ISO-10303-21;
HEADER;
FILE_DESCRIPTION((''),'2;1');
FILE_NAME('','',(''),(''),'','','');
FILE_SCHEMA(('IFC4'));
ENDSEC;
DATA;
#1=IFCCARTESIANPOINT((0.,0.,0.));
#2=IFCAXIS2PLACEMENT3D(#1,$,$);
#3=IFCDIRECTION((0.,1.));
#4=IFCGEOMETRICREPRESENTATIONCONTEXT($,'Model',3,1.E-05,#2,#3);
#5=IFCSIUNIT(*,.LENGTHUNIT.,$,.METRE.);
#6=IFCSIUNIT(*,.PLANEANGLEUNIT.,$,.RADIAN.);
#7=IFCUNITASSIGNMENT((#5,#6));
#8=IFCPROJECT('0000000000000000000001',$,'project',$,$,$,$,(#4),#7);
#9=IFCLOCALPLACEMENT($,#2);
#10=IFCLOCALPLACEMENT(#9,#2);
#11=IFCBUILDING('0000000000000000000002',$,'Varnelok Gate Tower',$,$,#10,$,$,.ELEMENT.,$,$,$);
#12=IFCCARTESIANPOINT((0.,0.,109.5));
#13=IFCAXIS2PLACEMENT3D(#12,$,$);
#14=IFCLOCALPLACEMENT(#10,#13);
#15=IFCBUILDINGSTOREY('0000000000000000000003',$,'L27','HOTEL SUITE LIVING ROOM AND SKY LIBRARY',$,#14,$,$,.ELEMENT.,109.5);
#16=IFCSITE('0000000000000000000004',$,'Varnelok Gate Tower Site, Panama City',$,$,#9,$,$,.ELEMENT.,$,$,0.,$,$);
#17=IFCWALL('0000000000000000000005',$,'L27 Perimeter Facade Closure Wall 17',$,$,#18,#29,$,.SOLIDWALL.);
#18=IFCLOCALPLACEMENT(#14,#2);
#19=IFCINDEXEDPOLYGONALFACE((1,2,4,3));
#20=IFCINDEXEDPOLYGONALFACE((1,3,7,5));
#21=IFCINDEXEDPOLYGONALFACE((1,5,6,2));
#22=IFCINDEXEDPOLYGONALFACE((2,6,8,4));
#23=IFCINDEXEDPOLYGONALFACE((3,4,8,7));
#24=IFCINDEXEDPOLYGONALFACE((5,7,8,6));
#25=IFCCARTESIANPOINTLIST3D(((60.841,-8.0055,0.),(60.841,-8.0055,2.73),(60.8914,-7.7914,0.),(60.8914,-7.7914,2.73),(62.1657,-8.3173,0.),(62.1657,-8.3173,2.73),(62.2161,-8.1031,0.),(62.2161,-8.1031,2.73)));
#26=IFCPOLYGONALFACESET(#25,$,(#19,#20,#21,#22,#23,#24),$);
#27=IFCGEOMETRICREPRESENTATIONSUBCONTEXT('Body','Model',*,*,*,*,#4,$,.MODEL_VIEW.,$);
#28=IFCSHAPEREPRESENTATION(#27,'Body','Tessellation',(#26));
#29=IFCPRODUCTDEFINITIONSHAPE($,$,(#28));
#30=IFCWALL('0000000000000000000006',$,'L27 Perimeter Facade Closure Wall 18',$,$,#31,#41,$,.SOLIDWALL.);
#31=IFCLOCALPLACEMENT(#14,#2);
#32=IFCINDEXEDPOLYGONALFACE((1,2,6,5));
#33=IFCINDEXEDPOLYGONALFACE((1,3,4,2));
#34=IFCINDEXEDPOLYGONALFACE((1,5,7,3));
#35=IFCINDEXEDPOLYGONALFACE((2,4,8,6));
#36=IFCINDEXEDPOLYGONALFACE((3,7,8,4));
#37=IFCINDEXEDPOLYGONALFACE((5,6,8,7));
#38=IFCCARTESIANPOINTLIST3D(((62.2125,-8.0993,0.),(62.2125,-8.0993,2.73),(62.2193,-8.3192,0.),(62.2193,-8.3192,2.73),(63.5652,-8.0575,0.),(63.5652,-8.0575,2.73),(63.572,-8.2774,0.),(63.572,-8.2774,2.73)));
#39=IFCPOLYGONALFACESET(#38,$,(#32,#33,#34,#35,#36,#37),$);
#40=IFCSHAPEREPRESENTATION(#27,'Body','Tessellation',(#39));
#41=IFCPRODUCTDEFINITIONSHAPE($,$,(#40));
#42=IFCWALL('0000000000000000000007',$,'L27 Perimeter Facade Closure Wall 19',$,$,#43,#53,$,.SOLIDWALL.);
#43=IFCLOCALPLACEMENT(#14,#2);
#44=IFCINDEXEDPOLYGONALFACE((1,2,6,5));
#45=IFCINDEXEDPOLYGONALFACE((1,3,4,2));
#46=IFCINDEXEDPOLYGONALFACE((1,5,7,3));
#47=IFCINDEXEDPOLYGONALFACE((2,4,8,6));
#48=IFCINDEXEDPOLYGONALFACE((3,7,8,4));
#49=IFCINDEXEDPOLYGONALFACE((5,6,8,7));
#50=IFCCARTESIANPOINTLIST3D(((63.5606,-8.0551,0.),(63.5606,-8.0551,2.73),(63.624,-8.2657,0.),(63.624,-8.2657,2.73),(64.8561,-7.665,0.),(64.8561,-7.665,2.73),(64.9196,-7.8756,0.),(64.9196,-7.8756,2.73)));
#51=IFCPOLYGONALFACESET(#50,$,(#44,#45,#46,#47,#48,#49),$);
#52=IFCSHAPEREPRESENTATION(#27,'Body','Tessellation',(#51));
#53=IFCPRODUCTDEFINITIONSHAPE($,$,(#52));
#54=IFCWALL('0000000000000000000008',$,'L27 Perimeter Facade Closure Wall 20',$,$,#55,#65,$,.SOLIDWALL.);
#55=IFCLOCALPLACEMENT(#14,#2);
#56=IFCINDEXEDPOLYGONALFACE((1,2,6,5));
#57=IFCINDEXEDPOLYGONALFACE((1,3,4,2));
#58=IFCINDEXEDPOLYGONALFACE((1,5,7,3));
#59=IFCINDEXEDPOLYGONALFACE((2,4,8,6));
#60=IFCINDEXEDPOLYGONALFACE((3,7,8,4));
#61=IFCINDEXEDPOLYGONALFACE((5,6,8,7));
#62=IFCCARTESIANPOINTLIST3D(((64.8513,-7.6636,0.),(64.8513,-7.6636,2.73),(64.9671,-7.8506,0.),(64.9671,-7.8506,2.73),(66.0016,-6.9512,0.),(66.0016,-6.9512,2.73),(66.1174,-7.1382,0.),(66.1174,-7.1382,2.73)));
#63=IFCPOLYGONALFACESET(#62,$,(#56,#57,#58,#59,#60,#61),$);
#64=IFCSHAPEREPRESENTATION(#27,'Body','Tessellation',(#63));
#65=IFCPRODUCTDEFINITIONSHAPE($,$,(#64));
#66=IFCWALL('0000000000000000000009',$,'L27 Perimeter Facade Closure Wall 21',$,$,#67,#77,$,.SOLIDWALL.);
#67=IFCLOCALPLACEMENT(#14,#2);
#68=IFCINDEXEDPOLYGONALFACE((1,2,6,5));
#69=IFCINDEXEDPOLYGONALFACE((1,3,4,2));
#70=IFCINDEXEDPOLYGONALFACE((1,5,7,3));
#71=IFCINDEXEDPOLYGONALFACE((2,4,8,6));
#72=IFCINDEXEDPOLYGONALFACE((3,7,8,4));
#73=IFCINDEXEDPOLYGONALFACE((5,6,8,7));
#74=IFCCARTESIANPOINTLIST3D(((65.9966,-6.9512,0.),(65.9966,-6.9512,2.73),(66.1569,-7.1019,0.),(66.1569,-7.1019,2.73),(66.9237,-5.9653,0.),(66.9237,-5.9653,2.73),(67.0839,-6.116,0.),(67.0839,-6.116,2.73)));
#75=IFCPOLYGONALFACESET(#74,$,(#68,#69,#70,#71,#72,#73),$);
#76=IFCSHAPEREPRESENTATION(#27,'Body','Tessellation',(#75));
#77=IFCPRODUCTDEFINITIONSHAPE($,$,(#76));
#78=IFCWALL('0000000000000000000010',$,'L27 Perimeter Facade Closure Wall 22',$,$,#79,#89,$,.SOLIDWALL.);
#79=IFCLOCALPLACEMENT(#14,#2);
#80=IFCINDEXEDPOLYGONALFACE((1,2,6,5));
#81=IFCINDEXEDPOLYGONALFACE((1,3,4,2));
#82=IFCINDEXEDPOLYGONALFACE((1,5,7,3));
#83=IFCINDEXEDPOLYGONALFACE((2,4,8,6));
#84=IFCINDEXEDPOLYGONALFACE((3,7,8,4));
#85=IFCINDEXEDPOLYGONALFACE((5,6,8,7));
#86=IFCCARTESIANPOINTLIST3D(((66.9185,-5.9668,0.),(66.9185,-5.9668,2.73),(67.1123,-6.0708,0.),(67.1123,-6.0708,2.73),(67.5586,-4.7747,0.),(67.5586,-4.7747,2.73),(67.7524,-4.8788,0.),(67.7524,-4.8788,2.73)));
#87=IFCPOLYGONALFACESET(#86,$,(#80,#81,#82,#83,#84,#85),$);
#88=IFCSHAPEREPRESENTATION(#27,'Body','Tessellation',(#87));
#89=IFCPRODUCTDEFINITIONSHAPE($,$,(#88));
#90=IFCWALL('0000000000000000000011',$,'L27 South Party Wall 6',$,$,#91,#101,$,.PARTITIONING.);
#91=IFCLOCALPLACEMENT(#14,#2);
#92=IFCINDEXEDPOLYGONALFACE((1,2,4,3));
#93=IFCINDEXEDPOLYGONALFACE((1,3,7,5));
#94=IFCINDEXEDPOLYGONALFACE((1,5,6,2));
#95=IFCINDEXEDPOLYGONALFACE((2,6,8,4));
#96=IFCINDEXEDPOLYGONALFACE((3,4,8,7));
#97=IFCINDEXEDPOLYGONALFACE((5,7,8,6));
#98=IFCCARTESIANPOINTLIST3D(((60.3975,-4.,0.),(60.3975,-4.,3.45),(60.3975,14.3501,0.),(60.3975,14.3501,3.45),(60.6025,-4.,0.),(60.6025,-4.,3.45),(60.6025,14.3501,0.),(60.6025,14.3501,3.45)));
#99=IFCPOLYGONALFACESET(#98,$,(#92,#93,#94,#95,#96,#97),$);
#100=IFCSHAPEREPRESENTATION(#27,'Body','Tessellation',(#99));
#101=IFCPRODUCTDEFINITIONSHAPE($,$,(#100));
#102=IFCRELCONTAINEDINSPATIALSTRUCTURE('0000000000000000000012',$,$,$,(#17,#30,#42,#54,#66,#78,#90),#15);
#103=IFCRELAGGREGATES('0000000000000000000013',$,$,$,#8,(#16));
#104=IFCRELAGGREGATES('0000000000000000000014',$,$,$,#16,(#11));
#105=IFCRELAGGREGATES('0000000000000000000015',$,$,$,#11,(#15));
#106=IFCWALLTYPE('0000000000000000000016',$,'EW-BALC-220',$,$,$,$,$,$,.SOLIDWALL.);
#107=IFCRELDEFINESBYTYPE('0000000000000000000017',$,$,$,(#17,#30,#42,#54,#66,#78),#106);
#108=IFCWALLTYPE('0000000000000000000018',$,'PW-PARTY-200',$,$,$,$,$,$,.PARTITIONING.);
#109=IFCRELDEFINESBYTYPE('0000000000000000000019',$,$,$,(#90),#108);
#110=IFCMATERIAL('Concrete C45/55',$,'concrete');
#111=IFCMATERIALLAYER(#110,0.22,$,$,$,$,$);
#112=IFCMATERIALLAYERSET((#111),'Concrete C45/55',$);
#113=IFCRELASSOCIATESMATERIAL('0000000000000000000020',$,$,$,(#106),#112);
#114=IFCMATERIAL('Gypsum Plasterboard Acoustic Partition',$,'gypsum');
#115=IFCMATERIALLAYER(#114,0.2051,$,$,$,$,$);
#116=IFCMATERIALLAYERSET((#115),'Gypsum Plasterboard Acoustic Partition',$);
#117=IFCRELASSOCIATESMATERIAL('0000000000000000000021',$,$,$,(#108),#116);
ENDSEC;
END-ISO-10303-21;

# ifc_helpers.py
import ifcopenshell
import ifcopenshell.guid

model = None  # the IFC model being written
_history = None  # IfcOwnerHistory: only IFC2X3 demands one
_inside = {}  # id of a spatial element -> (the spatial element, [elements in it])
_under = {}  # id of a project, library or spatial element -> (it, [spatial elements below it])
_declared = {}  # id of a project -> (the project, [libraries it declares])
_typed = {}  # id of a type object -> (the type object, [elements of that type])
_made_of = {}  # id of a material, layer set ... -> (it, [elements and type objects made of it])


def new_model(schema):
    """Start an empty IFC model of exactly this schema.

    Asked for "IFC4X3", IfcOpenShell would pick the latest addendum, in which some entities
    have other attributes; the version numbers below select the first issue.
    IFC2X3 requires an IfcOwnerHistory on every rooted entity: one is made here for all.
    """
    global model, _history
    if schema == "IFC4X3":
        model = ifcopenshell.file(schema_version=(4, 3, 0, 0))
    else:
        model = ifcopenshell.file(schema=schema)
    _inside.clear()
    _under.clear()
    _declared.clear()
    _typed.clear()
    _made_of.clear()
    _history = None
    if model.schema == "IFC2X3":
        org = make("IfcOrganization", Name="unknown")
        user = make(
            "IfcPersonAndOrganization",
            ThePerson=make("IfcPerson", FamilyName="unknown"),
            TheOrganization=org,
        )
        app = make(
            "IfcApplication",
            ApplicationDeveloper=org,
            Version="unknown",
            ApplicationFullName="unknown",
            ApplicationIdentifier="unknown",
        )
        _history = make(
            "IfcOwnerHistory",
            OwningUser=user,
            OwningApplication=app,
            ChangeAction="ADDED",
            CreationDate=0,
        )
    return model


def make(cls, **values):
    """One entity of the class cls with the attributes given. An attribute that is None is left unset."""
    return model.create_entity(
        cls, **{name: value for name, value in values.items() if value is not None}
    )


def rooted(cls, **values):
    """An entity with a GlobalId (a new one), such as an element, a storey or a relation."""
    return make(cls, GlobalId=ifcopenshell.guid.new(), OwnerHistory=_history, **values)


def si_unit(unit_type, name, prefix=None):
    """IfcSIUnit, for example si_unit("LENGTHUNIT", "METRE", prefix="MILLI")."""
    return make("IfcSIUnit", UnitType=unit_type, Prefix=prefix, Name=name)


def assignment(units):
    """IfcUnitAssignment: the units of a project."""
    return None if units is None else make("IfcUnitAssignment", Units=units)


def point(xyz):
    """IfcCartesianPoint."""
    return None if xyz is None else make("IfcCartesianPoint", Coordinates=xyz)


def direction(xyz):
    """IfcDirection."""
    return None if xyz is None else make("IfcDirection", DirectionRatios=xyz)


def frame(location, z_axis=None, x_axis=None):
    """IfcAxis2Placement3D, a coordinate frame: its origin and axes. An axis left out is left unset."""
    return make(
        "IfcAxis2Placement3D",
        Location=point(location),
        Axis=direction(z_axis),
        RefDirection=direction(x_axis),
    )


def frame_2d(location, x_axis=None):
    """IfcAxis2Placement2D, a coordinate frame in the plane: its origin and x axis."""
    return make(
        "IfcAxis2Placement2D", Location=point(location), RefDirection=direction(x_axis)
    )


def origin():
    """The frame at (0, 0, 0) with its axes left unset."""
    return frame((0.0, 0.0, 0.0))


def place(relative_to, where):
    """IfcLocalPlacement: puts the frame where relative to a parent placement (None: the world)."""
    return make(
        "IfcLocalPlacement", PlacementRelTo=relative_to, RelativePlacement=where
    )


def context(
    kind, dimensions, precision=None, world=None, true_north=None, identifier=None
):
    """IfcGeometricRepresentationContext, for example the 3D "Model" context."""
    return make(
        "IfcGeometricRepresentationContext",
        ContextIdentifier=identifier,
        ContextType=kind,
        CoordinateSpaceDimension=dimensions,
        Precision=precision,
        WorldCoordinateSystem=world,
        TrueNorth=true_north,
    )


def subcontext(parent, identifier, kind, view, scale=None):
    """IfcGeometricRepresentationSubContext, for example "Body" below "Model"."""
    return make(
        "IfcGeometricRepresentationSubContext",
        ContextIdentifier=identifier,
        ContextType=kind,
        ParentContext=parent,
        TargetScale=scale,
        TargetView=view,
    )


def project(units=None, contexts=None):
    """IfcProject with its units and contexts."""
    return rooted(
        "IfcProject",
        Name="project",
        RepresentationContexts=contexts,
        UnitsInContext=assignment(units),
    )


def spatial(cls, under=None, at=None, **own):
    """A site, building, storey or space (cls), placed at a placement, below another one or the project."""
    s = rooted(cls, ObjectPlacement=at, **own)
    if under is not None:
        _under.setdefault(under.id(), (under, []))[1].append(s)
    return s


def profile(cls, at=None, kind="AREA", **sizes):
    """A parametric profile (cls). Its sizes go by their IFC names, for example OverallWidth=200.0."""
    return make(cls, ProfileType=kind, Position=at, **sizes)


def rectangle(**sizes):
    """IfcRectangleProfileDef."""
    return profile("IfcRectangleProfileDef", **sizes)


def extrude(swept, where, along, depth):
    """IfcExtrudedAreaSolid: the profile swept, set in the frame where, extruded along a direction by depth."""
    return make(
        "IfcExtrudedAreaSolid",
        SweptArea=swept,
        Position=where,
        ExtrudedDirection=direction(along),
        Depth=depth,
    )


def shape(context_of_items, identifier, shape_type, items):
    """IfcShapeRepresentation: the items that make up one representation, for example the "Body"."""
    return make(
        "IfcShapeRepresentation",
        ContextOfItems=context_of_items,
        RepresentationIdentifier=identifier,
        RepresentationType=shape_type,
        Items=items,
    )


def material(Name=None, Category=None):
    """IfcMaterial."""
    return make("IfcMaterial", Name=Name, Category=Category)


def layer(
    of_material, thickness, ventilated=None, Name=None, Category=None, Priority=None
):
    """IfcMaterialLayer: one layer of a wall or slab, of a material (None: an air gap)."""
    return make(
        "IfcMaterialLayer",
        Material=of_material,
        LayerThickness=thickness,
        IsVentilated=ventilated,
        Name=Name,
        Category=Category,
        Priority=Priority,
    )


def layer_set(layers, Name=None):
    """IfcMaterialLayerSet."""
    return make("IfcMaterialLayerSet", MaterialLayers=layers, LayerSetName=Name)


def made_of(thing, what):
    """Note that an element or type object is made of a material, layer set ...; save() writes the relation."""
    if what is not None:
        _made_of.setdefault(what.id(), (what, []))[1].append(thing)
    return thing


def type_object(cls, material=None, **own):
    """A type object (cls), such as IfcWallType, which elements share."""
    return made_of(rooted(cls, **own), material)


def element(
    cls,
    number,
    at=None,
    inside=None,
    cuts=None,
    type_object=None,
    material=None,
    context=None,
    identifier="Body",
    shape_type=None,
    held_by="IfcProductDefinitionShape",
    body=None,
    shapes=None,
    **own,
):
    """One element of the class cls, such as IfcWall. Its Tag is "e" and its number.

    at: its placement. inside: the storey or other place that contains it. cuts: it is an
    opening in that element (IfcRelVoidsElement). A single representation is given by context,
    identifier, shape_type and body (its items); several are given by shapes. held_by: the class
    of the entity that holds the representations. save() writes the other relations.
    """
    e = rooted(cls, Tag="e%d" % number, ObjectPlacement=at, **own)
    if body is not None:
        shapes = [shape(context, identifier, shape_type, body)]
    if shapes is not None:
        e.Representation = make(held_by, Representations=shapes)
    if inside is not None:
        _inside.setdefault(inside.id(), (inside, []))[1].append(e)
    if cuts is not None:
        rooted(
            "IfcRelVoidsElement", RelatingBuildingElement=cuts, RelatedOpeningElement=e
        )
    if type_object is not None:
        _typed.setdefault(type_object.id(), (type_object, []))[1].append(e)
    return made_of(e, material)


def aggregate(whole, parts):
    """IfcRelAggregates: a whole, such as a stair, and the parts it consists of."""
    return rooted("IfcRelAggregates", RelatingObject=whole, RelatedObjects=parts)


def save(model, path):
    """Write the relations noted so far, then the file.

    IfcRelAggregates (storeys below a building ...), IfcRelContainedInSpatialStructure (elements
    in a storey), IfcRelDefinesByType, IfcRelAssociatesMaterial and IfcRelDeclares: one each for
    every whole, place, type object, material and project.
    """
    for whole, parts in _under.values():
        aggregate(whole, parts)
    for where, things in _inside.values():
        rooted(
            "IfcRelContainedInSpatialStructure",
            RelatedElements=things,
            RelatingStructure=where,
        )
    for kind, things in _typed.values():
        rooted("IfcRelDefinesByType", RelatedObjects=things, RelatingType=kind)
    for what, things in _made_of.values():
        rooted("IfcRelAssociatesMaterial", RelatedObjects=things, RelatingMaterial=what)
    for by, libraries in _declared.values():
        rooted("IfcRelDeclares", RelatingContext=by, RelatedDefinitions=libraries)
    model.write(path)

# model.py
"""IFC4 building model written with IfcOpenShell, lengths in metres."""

from ifc_helpers import new_model, si_unit, direction, frame, frame_2d, origin, place, context, subcontext, project, spatial, rectangle, extrude, material, layer, layer_set, type_object, element, save


model = new_model("IFC4")

# Units and contexts
model_context = context("Model", 3, precision=1e-05, world=origin(), true_north=direction((0.0, 1.0)))
body_context = subcontext(model_context, "Body", "Model", "MODEL_VIEW")
ifc_project = project(units=[si_unit("LENGTHUNIT", "METRE"), si_unit("PLANEANGLEUNIT", "RADIAN")], contexts=[model_context])

# Site, building, storey
site_placement = place(None, origin())
site = spatial("IfcSite", under=ifc_project, at=site_placement, Name="Varnelok Gate Tower Site, Panama City", CompositionType="ELEMENT", RefElevation=0.0)
building_placement = place(site_placement, origin())
building = spatial("IfcBuilding", under=site, at=building_placement, Name="Varnelok Gate Tower", CompositionType="ELEMENT")
storey_placement = place(building_placement, frame((0.0, 0.0, 109.5)))
storey = spatial("IfcBuildingStorey", under=building, at=storey_placement, Name="L27", Description="HOTEL SUITE LIVING ROOM AND SKY LIBRARY", CompositionType="ELEMENT", Elevation=109.5)

# Walls
ifc_material_1 = material(Name="Concrete C45/55", Category="concrete")
ifc_layer_1 = layer(ifc_material_1, 0.22)
ifc_layer_set_1 = layer_set([ifc_layer_1], Name="Concrete C45/55")
wall_type_1 = type_object("IfcWallType", Name="EW-BALC-220", PredefinedType="SOLIDWALL", material=ifc_layer_set_1)
wall_1_placement = place(storey_placement, frame((60.8662, -7.8984, 0.0), z_axis=(0.0, 0.0, 1.0), x_axis=(0.973405, -0.229089, 0.0)))
element("IfcWall", 1, at=wall_1_placement, inside=storey, type_object=wall_type_1, Name="L27 Perimeter Facade Closure Wall 17", PredefinedType="SOLIDWALL", context=body_context, shape_type="SweptSolid", body=[
    extrude(rectangle(XDim=1.3608, YDim=0.22, at=frame_2d((0.6804, 0.0))), origin(), (0.0, 0.0, 1.0), 2.73),
])
wall_2_placement = place(storey_placement, frame((62.2158, -8.2092, 0.0), z_axis=(0.0, 0.0, 1.0), x_axis=(0.999524, 0.030852, 0.0)))
element("IfcWall", 2, at=wall_2_placement, inside=storey, type_object=wall_type_1, Name="L27 Perimeter Facade Closure Wall 18", PredefinedType="SOLIDWALL", context=body_context, shape_type="SweptSolid", body=[
    extrude(rectangle(XDim=1.3533, YDim=0.22, at=frame_2d((0.6768, 0.0))), origin(), (0.0, 0.0, 1.0), 2.73),
])
for number, where, z_axis, x_axis, name in (
    (3, (63.5923, -8.1604, 0.0), (0.0, 0.0, 1.0), (0.957533, 0.288324, 0.0), "L27 Perimeter Facade Closure Wall 19"),
    (4, (64.9092, -7.7571, 0.0), (0.0, 0.0, 1.0), (0.850181, 0.526491, 0.0), "L27 Perimeter Facade Closure Wall 20"),
):
    element("IfcWall", number, at=place(storey_placement, frame(where, z_axis=z_axis, x_axis=x_axis)), inside=storey, type_object=wall_type_1, Name=name, PredefinedType="SOLIDWALL", context=body_context, shape_type="SweptSolid", body=[
        extrude(rectangle(XDim=1.353, YDim=0.22, at=frame_2d((0.6765, 0.0))), origin(), (0.0, 0.0, 1.0), 2.73),
    ])
wall_3_placement = place(storey_placement, frame((66.0767, -7.0266, 0.0), z_axis=(0.0, 0.0, 1.0), x_axis=(0.685033, 0.728512, 0.0)))
element("IfcWall", 5, at=wall_3_placement, inside=storey, type_object=wall_type_1, Name="L27 Perimeter Facade Closure Wall 21", PredefinedType="SOLIDWALL", context=body_context, shape_type="SweptSolid", body=[
    extrude(rectangle(XDim=1.3533, YDim=0.22, at=frame_2d((0.6768, 0.0))), origin(), (0.0, 0.0, 1.0), 2.73),
])
wall_4_placement = place(storey_placement, frame((67.0154, -6.0188, 0.0), z_axis=(0.0, 0.0, 1.0), x_axis=(0.473077, 0.881021, 0.0)))
element("IfcWall", 6, at=wall_4_placement, inside=storey, type_object=wall_type_1, Name="L27 Perimeter Facade Closure Wall 22", PredefinedType="SOLIDWALL", context=body_context, shape_type="SweptSolid", body=[
    extrude(rectangle(XDim=1.353, YDim=0.22, at=frame_2d((0.6765, 0.0))), origin(), (0.0, 0.0, 1.0), 2.73),
])
ifc_material_2 = material(Name="Gypsum Plasterboard Acoustic Partition", Category="gypsum")
ifc_layer_2 = layer(ifc_material_2, 0.2051)
ifc_layer_set_2 = layer_set([ifc_layer_2], Name="Gypsum Plasterboard Acoustic Partition")
wall_type_2 = type_object("IfcWallType", Name="PW-PARTY-200", PredefinedType="PARTITIONING", material=ifc_layer_set_2)
wall_5_placement = place(storey_placement, frame((60.5, -4.0, 0.0), z_axis=(0.0, 0.0, 1.0), x_axis=(0.0, 1.0, 0.0)))
element("IfcWall", 7, at=wall_5_placement, inside=storey, type_object=wall_type_2, Name="L27 South Party Wall 6", PredefinedType="PARTITIONING", context=body_context, shape_type="SweptSolid", body=[
    extrude(rectangle(XDim=18.3501, YDim=0.2051, at=frame_2d((9.175, 0.0))), origin(), (0.0, 0.0, 1.0), 3.45),
])

save(model, "model.ifc")
